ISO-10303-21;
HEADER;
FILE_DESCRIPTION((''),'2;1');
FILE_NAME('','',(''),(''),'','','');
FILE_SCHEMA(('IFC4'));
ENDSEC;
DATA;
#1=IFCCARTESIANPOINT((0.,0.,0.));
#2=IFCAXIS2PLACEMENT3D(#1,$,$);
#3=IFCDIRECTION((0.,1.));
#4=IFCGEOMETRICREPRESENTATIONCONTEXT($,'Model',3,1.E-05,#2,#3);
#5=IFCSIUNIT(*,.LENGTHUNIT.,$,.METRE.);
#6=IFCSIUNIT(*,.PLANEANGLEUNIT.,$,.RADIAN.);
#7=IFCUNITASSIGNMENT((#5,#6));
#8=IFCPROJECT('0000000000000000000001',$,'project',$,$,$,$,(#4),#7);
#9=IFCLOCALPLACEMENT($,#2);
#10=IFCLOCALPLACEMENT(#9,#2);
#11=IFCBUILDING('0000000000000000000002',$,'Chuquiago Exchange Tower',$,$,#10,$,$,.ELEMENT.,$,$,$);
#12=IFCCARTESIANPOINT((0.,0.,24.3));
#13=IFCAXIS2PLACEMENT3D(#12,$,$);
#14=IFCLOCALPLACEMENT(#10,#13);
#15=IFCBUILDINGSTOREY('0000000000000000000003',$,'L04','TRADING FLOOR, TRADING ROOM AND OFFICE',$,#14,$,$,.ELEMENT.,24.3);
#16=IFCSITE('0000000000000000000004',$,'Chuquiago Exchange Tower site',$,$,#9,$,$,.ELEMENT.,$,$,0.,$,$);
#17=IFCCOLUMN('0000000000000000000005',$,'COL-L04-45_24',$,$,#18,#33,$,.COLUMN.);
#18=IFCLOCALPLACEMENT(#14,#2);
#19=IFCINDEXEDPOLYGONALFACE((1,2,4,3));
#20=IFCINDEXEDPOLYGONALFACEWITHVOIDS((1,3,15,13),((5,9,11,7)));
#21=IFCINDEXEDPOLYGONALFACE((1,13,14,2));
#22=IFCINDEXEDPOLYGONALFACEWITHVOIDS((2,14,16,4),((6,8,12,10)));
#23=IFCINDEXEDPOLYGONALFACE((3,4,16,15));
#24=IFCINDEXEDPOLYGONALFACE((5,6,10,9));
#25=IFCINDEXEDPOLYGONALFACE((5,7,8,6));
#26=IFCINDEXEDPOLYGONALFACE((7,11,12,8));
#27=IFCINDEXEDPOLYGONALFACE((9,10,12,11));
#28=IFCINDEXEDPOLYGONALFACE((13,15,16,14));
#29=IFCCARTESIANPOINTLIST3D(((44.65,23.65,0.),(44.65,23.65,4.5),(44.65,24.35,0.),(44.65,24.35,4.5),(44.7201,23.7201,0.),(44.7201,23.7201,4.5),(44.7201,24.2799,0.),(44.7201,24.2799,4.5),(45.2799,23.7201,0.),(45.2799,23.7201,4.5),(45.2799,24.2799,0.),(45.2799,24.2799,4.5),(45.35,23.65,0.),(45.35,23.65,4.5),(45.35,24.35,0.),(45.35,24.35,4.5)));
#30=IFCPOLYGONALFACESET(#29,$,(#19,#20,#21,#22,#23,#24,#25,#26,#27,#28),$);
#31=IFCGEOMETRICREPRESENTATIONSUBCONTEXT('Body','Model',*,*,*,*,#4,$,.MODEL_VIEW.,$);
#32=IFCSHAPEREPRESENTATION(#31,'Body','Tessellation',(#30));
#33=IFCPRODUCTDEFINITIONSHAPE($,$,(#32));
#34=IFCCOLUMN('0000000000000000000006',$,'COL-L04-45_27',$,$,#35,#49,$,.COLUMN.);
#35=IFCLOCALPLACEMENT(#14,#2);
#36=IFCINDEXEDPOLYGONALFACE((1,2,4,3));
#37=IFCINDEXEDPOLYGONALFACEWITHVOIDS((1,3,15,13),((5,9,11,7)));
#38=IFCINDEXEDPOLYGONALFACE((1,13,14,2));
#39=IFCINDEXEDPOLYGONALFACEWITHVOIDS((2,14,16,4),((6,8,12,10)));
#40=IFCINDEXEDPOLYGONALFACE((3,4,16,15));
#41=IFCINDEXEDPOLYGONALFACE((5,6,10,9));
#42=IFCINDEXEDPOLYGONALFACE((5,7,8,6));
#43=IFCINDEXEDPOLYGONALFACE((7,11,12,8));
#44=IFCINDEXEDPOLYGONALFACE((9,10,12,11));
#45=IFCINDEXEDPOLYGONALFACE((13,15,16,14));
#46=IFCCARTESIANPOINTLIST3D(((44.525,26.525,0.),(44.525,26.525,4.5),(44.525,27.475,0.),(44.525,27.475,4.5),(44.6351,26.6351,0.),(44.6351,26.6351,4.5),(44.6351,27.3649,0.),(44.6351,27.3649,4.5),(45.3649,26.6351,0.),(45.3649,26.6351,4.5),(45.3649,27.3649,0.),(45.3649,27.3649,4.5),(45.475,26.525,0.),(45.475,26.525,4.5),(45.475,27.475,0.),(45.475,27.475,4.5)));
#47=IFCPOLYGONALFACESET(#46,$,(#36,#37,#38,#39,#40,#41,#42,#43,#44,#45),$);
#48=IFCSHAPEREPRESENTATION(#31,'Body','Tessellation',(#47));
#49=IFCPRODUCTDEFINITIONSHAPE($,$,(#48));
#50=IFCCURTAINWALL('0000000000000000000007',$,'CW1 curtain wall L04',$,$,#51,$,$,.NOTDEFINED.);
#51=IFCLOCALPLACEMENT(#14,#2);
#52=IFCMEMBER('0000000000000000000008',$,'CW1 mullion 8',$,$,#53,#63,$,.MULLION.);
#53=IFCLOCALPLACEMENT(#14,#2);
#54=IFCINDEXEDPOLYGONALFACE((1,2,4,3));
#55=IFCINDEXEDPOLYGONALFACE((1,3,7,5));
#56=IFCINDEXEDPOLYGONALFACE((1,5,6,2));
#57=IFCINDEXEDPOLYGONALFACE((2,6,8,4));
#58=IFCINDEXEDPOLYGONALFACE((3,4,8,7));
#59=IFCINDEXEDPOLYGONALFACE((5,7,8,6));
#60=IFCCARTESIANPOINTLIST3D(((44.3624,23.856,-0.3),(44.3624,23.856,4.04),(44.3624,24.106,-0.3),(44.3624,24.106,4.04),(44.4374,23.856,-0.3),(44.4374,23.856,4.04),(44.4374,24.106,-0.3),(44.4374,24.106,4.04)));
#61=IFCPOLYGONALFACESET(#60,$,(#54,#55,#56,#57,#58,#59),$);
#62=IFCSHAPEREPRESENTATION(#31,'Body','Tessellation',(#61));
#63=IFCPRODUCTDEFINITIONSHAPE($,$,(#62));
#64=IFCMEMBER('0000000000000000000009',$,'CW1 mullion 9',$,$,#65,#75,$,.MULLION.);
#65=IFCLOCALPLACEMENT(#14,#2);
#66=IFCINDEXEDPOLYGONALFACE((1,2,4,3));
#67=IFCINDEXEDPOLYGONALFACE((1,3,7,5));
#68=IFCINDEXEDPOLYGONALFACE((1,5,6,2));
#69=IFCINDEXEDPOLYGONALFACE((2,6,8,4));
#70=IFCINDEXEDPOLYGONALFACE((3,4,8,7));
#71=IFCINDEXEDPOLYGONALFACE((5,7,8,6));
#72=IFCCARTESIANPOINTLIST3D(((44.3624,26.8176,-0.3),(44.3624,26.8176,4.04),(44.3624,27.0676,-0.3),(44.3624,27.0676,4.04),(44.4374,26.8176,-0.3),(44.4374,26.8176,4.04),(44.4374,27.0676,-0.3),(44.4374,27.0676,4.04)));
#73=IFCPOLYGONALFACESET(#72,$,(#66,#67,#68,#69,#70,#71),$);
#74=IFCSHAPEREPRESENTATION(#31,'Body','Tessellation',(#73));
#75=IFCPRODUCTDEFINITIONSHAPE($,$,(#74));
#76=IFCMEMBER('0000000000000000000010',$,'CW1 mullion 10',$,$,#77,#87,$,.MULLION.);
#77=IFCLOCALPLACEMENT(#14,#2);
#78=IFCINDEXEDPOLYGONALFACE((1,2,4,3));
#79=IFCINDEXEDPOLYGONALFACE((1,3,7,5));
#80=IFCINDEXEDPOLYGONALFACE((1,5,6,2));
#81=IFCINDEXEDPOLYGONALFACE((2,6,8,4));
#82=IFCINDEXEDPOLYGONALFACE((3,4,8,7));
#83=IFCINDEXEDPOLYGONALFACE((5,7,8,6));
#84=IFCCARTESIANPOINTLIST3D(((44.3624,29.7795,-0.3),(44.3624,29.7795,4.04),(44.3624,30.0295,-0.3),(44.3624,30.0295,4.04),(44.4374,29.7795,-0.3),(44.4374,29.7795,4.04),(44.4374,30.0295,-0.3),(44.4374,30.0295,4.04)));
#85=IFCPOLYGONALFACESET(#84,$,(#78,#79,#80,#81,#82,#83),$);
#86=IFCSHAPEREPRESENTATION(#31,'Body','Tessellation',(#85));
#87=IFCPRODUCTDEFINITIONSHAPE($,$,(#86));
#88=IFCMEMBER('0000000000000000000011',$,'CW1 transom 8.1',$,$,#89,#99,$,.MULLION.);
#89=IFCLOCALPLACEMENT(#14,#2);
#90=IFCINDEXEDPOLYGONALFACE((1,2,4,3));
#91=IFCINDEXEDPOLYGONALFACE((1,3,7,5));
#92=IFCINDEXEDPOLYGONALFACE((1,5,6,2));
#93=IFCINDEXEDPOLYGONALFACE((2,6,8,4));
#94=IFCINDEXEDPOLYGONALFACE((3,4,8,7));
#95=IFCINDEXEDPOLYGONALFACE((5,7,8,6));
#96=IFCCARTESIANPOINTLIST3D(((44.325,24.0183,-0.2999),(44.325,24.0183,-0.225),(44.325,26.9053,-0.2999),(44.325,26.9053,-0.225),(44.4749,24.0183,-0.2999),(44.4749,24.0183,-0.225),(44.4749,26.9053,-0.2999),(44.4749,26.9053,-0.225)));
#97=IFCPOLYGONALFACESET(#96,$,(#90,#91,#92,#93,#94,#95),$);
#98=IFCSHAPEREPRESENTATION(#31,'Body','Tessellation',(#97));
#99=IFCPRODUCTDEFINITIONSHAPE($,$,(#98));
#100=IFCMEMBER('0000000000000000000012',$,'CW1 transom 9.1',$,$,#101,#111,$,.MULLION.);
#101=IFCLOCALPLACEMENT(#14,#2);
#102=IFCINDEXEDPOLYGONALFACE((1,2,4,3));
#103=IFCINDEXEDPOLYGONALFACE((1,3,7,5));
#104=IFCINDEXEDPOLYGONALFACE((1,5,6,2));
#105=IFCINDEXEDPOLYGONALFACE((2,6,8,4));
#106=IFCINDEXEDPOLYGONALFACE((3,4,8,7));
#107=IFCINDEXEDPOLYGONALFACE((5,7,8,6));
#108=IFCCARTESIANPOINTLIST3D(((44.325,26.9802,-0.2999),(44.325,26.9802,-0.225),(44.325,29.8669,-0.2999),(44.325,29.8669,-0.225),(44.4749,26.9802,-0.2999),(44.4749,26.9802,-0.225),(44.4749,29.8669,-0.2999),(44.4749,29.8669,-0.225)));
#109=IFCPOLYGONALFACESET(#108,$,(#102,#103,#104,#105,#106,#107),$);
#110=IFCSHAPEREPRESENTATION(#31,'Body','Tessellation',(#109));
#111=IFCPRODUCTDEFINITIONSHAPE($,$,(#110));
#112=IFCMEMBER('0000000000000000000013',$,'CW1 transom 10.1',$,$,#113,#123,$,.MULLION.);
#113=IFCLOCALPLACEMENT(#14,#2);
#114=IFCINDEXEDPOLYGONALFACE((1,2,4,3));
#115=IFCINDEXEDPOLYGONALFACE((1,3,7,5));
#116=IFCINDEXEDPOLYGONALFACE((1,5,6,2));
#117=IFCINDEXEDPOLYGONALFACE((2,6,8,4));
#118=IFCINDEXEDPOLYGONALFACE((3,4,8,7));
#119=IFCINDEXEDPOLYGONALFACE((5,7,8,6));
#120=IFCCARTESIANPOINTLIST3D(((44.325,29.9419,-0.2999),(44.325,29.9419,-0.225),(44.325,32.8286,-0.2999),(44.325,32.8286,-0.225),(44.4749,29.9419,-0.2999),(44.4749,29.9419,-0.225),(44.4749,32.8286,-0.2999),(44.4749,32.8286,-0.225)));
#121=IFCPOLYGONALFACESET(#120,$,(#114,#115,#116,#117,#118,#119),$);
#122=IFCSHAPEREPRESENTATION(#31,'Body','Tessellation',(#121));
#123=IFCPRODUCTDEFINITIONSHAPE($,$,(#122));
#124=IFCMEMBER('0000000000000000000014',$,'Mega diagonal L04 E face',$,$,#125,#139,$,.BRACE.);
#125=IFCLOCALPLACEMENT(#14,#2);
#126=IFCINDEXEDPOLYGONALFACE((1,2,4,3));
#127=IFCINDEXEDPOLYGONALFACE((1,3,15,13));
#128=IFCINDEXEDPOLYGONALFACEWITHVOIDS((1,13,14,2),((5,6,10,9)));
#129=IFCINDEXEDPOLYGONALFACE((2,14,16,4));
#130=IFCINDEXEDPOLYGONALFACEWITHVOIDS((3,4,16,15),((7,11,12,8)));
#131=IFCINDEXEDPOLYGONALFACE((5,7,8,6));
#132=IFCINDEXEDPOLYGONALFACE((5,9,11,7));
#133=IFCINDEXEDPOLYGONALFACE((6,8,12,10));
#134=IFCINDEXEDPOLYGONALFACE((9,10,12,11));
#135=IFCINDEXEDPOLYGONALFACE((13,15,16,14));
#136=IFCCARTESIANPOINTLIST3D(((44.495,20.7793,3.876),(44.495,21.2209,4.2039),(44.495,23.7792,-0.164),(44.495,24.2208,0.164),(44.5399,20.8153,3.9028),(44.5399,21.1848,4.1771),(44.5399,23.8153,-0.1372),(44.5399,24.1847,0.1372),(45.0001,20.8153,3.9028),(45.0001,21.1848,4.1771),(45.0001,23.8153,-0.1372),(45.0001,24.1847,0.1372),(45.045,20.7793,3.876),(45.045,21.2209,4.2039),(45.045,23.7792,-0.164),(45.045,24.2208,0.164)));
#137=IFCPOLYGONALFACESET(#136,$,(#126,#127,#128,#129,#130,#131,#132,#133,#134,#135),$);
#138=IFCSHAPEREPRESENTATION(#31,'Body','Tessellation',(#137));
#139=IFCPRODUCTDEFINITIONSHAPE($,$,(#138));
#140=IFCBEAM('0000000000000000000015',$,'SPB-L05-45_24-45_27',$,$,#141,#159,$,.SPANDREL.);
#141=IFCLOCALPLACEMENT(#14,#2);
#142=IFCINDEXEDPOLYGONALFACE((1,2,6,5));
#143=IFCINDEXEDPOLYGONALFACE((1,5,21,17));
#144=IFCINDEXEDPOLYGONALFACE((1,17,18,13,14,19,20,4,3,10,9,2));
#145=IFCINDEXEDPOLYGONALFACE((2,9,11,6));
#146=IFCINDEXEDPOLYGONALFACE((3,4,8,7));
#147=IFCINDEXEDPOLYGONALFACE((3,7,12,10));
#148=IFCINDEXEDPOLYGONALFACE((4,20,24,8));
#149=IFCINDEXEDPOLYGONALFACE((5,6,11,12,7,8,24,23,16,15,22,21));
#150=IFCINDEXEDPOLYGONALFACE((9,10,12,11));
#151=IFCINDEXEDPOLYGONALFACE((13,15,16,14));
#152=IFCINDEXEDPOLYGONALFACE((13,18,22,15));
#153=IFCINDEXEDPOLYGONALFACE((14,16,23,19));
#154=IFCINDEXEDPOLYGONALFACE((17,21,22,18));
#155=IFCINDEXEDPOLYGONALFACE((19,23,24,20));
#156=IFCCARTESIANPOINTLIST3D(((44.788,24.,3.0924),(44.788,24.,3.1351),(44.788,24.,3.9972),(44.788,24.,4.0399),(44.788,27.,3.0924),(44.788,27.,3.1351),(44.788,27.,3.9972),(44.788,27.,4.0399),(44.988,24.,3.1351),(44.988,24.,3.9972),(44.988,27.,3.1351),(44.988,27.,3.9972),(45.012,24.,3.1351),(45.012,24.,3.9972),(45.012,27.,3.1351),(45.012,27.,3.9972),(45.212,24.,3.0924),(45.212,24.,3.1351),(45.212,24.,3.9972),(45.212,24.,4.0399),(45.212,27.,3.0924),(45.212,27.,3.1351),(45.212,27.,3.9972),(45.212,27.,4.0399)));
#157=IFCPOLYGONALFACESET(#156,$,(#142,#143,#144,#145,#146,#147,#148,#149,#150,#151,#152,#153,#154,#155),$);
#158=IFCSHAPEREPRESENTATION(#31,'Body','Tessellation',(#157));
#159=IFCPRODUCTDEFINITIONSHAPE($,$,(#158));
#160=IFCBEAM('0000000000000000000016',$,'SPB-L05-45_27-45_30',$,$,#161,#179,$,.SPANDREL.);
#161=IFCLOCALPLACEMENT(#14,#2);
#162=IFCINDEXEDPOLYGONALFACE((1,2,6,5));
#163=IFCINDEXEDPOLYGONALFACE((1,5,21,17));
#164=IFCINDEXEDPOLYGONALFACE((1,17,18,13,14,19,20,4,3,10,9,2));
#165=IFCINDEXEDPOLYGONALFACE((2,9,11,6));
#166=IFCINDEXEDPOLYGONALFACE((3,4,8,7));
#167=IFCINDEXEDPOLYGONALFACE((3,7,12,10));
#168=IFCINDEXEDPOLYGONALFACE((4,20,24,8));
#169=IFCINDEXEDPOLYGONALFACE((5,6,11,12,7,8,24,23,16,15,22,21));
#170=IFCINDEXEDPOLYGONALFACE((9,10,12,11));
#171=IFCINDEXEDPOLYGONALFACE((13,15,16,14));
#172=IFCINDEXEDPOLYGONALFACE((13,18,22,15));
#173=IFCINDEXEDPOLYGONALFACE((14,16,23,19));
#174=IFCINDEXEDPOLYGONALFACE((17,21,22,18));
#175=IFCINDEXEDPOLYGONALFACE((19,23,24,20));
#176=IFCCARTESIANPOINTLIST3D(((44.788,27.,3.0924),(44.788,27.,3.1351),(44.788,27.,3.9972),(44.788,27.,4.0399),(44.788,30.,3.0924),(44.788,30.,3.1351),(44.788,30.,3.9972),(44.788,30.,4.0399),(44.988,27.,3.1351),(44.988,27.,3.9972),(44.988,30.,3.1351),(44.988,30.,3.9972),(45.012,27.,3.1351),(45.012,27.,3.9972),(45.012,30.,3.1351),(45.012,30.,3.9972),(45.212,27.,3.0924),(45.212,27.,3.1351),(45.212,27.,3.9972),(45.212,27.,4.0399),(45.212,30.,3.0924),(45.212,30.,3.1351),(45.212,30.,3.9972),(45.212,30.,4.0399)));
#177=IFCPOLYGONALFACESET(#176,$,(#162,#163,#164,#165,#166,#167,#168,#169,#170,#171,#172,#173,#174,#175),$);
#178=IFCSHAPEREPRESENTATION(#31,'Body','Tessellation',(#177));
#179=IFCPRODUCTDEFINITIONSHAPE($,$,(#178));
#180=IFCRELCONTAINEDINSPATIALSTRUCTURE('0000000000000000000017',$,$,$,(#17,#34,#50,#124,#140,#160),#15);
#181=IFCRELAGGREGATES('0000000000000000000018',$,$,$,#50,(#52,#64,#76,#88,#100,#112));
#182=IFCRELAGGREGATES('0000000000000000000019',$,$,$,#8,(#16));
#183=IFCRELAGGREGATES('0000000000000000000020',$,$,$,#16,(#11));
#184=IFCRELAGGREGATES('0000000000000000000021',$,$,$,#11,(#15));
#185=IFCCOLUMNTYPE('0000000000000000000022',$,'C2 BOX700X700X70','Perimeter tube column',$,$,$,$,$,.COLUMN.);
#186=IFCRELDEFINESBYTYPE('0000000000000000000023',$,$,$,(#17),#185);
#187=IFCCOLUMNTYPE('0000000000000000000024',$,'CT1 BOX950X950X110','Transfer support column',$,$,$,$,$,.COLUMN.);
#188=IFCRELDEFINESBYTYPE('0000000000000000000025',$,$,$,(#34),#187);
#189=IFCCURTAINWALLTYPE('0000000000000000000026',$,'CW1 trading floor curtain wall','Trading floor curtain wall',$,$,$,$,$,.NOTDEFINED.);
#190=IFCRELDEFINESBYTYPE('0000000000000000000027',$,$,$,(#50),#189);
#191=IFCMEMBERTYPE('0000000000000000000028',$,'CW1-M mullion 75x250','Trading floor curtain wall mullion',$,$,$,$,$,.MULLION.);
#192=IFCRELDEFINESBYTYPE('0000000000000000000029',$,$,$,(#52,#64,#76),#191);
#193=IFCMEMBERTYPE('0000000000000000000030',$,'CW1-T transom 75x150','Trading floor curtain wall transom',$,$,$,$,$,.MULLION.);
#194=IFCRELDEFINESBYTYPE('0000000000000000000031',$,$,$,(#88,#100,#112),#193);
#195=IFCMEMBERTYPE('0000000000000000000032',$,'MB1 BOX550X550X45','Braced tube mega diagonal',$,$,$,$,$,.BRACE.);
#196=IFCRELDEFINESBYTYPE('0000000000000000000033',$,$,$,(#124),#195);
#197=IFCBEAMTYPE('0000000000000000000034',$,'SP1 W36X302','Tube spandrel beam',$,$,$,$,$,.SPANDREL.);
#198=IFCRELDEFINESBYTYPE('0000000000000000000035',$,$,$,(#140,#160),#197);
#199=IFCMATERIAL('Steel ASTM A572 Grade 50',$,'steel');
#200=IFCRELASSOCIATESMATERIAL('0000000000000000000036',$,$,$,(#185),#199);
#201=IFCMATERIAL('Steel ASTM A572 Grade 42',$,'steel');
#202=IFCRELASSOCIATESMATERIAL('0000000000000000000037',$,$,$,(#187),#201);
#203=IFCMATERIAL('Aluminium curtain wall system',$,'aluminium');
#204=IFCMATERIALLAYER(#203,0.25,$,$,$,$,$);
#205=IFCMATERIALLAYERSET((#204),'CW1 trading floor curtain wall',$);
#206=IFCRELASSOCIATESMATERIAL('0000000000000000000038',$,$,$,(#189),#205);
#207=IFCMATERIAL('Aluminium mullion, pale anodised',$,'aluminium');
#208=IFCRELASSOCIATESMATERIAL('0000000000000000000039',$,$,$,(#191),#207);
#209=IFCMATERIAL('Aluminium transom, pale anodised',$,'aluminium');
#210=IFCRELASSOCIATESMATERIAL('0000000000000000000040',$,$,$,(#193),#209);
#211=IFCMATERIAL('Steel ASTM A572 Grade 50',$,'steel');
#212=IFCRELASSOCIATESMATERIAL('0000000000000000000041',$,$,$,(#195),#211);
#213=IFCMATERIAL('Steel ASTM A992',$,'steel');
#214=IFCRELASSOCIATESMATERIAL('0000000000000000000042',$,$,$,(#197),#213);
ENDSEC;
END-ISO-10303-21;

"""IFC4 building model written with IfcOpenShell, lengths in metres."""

from ifc_helpers import new_model, si_unit, direction, frame, origin, origin_2d, place, context, subcontext, project, spatial, rectangle, hollow_rectangle, i_section, extrude, material, layer, layer_set, material_profile, profile_set, type_object, element, aggregate, save


model = new_model("IFC4")

# Units and contexts
model_context = context("Model", 3, precision=1e-05, world=origin(), true_north=direction((0.0, 1.0)))
body_context = subcontext(model_context, "Body", "Model", "MODEL_VIEW")
ifc_project = project(units=[si_unit("LENGTHUNIT", "METRE"), si_unit("PLANEANGLEUNIT", "RADIAN")], contexts=[model_context])

# Site, building, storey
site_placement = place(None, origin())
site = spatial("IfcSite", under=ifc_project, at=site_placement, Name="Chuquiago Exchange Tower site", CompositionType="ELEMENT", RefElevation=0.0)
building_placement = place(site_placement, origin())
building = spatial("IfcBuilding", under=site, at=building_placement, Name="Chuquiago Exchange Tower", CompositionType="ELEMENT")
storey_placement = place(building_placement, frame((0.0, 0.0, 24.3)))
storey = spatial("IfcBuildingStorey", under=building, at=storey_placement, Name="L04", Description="TRADING FLOOR, TRADING ROOM AND OFFICE", CompositionType="ELEMENT", Elevation=24.3)

# Columns
ifc_material_1 = material(Name="Steel ASTM A572 Grade 50", Category="steel")
ifc_material_profile_1 = material_profile(ifc_material_1, hollow_rectangle(XDim=0.7, YDim=0.7, WallThickness=0.0701, at=origin_2d()), Name="BOX700X700X70")
ifc_profile_set_1 = profile_set([ifc_material_profile_1], Name="Steel ASTM A572 Grade 50")
column_type_1 = type_object("IfcColumnType", Name="C2 BOX700X700X70", Description="Perimeter tube column", PredefinedType="COLUMN", material=ifc_profile_set_1)
column_1_placement = place(storey_placement, frame((45.0, 24.0, 0.0), z_axis=(0.0, 0.0, 1.0), x_axis=(1.0, 0.0, 0.0)))
element("IfcColumn", 1, at=column_1_placement, inside=storey, type_object=column_type_1, Name="COL-L04-45_24", PredefinedType="COLUMN", context=body_context, shape_type="SweptSolid", body=[
    extrude(hollow_rectangle(XDim=0.7, YDim=0.7, WallThickness=0.0701, at=origin_2d()), origin(), (0.0, 0.0, 1.0), 4.5),
])
ifc_material_2 = material(Name="Steel ASTM A572 Grade 42", Category="steel")
ifc_material_profile_2 = material_profile(ifc_material_2, hollow_rectangle(XDim=0.95, YDim=0.95, WallThickness=0.1101, at=origin_2d()), Name="BOX950X950X110")
ifc_profile_set_2 = profile_set([ifc_material_profile_2], Name="Steel ASTM A572 Grade 42")
column_type_2 = type_object("IfcColumnType", Name="CT1 BOX950X950X110", Description="Transfer support column", PredefinedType="COLUMN", material=ifc_profile_set_2)
column_2_placement = place(storey_placement, frame((45.0, 27.0, 0.0), z_axis=(0.0, 0.0, 1.0), x_axis=(1.0, 0.0, 0.0)))
element("IfcColumn", 2, at=column_2_placement, inside=storey, type_object=column_type_2, Name="COL-L04-45_27", PredefinedType="COLUMN", context=body_context, shape_type="SweptSolid", body=[
    extrude(hollow_rectangle(XDim=0.95, YDim=0.95, WallThickness=0.1101, at=origin_2d()), origin(), (0.0, 0.0, 1.0), 4.5),
])

# Curtain wall, members
ifc_material_3 = material(Name="Aluminium curtain wall system", Category="aluminium")
ifc_layer_1 = layer(ifc_material_3, 0.25)
ifc_layer_set_1 = layer_set([ifc_layer_1], Name="CW1 trading floor curtain wall")
curtain_wall_type = type_object("IfcCurtainWallType", Name="CW1 trading floor curtain wall", Description="Trading floor curtain wall", PredefinedType="NOTDEFINED", material=ifc_layer_set_1)
curtain_wall_placement = place(storey_placement, origin())
curtain_wall = element("IfcCurtainWall", 3, at=curtain_wall_placement, inside=storey, type_object=curtain_wall_type, Name="CW1 curtain wall L04", PredefinedType="NOTDEFINED")
ifc_material_4 = material(Name="Aluminium mullion, pale anodised", Category="aluminium")
ifc_material_profile_3 = material_profile(ifc_material_4, rectangle(XDim=0.075, YDim=0.25, at=origin_2d()), Name="AL 75x250")
ifc_profile_set_3 = profile_set([ifc_material_profile_3], Name="Aluminium mullion, pale anodised")
member_type_1 = type_object("IfcMemberType", Name="CW1-M mullion 75x250", Description="Trading floor curtain wall mullion", PredefinedType="MULLION", material=ifc_profile_set_3)
member_1_placement = place(storey_placement, frame((44.3999, 23.981, -0.3), z_axis=(0.0, 0.0, 1.0), x_axis=(-1.0, 0.0, 0.0)))
member_1 = element("IfcMember", 4, at=member_1_placement, type_object=member_type_1, Name="CW1 mullion 8", PredefinedType="MULLION", context=body_context, shape_type="SweptSolid", body=[
    extrude(rectangle(XDim=0.075, YDim=0.25, at=origin_2d()), origin(), (0.0, 0.0, 1.0), 4.3401),
])
member_2_placement = place(storey_placement, frame((44.3999, 26.9426, -0.3), z_axis=(0.0, 0.0, 1.0), x_axis=(-1.0, 0.0, 0.0)))
member_2 = element("IfcMember", 5, at=member_2_placement, type_object=member_type_1, Name="CW1 mullion 9", PredefinedType="MULLION", context=body_context, shape_type="SweptSolid", body=[
    extrude(rectangle(XDim=0.075, YDim=0.25, at=origin_2d()), origin(), (0.0, 0.0, 1.0), 4.3401),
])
member_3_placement = place(storey_placement, frame((44.3999, 29.9045, -0.3), z_axis=(0.0, 0.0, 1.0), x_axis=(-1.0, 0.0, 0.0)))
member_3 = element("IfcMember", 6, at=member_3_placement, type_object=member_type_1, Name="CW1 mullion 10", PredefinedType="MULLION", context=body_context, shape_type="SweptSolid", body=[
    extrude(rectangle(XDim=0.075, YDim=0.25, at=origin_2d()), origin(), (0.0, 0.0, 1.0), 4.3401),
])
ifc_material_5 = material(Name="Aluminium transom, pale anodised", Category="aluminium")
ifc_material_profile_4 = material_profile(ifc_material_5, rectangle(XDim=0.1499, YDim=0.075, at=origin_2d()), Name="AL 150x75")
ifc_profile_set_4 = profile_set([ifc_material_profile_4], Name="Aluminium transom, pale anodised")
member_type_2 = type_object("IfcMemberType", Name="CW1-T transom 75x150", Description="Trading floor curtain wall transom", PredefinedType="MULLION", material=ifc_profile_set_4)
member_4_placement = place(storey_placement, frame((44.3999, 24.0183, -0.2625), z_axis=(0.0, 1.0, 0.0), x_axis=(-1.0, 0.0, 0.0)))
member_4 = element("IfcMember", 7, at=member_4_placement, type_object=member_type_2, Name="CW1 transom 8.1", PredefinedType="MULLION", context=body_context, shape_type="SweptSolid", body=[
    extrude(rectangle(XDim=0.1499, YDim=0.075, at=origin_2d()), origin(), (0.0, 0.0, 1.0), 2.887),
])
member_5_placement = place(storey_placement, frame((44.3999, 26.9802, -0.2625), z_axis=(0.0, 1.0, 0.0), x_axis=(-1.0, 0.0, 0.0)))
member_5 = element("IfcMember", 8, at=member_5_placement, type_object=member_type_2, Name="CW1 transom 9.1", PredefinedType="MULLION", context=body_context, shape_type="SweptSolid", body=[
    extrude(rectangle(XDim=0.1499, YDim=0.075, at=origin_2d()), origin(), (0.0, 0.0, 1.0), 2.8867),
])
member_6_placement = place(storey_placement, frame((44.3999, 29.9419, -0.2625), z_axis=(0.0, 1.0, 0.0), x_axis=(-1.0, 0.0, 0.0)))
member_6 = element("IfcMember", 9, at=member_6_placement, type_object=member_type_2, Name="CW1 transom 10.1", PredefinedType="MULLION", context=body_context, shape_type="SweptSolid", body=[
    extrude(rectangle(XDim=0.1499, YDim=0.075, at=origin_2d()), origin(), (0.0, 0.0, 1.0), 2.8867),
])

# Member
ifc_material_6 = material(Name="Steel ASTM A572 Grade 50", Category="steel")
ifc_material_profile_5 = material_profile(ifc_material_6, hollow_rectangle(XDim=0.55, YDim=0.55, WallThickness=0.0449, at=origin_2d()), Name="BOX550X550X45")
ifc_profile_set_5 = profile_set([ifc_material_profile_5], Name="Steel ASTM A572 Grade 50")
member_type_3 = type_object("IfcMemberType", Name="MB1 BOX550X550X45", Description="Braced tube mega diagonal", PredefinedType="BRACE", material=ifc_profile_set_5)
member_7_placement = place(storey_placement, frame((44.77, 24.0, 0.0), z_axis=(0.0, -0.596174, 0.802855), x_axis=(1.0, 0.0, 0.0)))
element("IfcMember", 10, at=member_7_placement, inside=storey, type_object=member_type_3, Name="Mega diagonal L04 E face", PredefinedType="BRACE", context=body_context, shape_type="SweptSolid", body=[
    extrude(hollow_rectangle(XDim=0.55, YDim=0.55, WallThickness=0.0449, at=origin_2d()), origin(), (0.0, 0.0, 1.0), 5.032),
])

# Beams
ifc_material_7 = material(Name="Steel ASTM A992", Category="steel")
ifc_material_profile_6 = material_profile(ifc_material_7, i_section(OverallWidth=0.4241, OverallDepth=0.9475, WebThickness=0.0239, FlangeThickness=0.0427, at=origin_2d()), Name="W36X302")
ifc_profile_set_6 = profile_set([ifc_material_profile_6], Name="Steel ASTM A992")
beam_type = type_object("IfcBeamType", Name="SP1 W36X302", Description="Tube spandrel beam", PredefinedType="SPANDREL", material=ifc_profile_set_6)
for number, where, z_axis, x_axis, name in (
    (11, (45.0, 24.0, 3.5662), (0.0, 1.0, 0.0), (-1.0, 0.0, 0.0), "SPB-L05-45_24-45_27"),
    (12, (45.0, 27.0, 3.5662), (0.0, 1.0, 0.0), (-1.0, 0.0, 0.0), "SPB-L05-45_27-45_30"),
):
    element("IfcBeam", number, at=place(storey_placement, frame(where, z_axis=z_axis, x_axis=x_axis)), inside=storey, type_object=beam_type, Name=name, PredefinedType="SPANDREL", context=body_context, shape_type="SweptSolid", body=[
        extrude(i_section(OverallWidth=0.4241, OverallDepth=0.9475, WebThickness=0.0239, FlangeThickness=0.0427, at=origin_2d()), origin(), (0.0, 0.0, 1.0), 3.0),
    ])

aggregate(curtain_wall, [member_1, member_2, member_3, member_4, member_5, member_6])

save(model, "model.ifc")
